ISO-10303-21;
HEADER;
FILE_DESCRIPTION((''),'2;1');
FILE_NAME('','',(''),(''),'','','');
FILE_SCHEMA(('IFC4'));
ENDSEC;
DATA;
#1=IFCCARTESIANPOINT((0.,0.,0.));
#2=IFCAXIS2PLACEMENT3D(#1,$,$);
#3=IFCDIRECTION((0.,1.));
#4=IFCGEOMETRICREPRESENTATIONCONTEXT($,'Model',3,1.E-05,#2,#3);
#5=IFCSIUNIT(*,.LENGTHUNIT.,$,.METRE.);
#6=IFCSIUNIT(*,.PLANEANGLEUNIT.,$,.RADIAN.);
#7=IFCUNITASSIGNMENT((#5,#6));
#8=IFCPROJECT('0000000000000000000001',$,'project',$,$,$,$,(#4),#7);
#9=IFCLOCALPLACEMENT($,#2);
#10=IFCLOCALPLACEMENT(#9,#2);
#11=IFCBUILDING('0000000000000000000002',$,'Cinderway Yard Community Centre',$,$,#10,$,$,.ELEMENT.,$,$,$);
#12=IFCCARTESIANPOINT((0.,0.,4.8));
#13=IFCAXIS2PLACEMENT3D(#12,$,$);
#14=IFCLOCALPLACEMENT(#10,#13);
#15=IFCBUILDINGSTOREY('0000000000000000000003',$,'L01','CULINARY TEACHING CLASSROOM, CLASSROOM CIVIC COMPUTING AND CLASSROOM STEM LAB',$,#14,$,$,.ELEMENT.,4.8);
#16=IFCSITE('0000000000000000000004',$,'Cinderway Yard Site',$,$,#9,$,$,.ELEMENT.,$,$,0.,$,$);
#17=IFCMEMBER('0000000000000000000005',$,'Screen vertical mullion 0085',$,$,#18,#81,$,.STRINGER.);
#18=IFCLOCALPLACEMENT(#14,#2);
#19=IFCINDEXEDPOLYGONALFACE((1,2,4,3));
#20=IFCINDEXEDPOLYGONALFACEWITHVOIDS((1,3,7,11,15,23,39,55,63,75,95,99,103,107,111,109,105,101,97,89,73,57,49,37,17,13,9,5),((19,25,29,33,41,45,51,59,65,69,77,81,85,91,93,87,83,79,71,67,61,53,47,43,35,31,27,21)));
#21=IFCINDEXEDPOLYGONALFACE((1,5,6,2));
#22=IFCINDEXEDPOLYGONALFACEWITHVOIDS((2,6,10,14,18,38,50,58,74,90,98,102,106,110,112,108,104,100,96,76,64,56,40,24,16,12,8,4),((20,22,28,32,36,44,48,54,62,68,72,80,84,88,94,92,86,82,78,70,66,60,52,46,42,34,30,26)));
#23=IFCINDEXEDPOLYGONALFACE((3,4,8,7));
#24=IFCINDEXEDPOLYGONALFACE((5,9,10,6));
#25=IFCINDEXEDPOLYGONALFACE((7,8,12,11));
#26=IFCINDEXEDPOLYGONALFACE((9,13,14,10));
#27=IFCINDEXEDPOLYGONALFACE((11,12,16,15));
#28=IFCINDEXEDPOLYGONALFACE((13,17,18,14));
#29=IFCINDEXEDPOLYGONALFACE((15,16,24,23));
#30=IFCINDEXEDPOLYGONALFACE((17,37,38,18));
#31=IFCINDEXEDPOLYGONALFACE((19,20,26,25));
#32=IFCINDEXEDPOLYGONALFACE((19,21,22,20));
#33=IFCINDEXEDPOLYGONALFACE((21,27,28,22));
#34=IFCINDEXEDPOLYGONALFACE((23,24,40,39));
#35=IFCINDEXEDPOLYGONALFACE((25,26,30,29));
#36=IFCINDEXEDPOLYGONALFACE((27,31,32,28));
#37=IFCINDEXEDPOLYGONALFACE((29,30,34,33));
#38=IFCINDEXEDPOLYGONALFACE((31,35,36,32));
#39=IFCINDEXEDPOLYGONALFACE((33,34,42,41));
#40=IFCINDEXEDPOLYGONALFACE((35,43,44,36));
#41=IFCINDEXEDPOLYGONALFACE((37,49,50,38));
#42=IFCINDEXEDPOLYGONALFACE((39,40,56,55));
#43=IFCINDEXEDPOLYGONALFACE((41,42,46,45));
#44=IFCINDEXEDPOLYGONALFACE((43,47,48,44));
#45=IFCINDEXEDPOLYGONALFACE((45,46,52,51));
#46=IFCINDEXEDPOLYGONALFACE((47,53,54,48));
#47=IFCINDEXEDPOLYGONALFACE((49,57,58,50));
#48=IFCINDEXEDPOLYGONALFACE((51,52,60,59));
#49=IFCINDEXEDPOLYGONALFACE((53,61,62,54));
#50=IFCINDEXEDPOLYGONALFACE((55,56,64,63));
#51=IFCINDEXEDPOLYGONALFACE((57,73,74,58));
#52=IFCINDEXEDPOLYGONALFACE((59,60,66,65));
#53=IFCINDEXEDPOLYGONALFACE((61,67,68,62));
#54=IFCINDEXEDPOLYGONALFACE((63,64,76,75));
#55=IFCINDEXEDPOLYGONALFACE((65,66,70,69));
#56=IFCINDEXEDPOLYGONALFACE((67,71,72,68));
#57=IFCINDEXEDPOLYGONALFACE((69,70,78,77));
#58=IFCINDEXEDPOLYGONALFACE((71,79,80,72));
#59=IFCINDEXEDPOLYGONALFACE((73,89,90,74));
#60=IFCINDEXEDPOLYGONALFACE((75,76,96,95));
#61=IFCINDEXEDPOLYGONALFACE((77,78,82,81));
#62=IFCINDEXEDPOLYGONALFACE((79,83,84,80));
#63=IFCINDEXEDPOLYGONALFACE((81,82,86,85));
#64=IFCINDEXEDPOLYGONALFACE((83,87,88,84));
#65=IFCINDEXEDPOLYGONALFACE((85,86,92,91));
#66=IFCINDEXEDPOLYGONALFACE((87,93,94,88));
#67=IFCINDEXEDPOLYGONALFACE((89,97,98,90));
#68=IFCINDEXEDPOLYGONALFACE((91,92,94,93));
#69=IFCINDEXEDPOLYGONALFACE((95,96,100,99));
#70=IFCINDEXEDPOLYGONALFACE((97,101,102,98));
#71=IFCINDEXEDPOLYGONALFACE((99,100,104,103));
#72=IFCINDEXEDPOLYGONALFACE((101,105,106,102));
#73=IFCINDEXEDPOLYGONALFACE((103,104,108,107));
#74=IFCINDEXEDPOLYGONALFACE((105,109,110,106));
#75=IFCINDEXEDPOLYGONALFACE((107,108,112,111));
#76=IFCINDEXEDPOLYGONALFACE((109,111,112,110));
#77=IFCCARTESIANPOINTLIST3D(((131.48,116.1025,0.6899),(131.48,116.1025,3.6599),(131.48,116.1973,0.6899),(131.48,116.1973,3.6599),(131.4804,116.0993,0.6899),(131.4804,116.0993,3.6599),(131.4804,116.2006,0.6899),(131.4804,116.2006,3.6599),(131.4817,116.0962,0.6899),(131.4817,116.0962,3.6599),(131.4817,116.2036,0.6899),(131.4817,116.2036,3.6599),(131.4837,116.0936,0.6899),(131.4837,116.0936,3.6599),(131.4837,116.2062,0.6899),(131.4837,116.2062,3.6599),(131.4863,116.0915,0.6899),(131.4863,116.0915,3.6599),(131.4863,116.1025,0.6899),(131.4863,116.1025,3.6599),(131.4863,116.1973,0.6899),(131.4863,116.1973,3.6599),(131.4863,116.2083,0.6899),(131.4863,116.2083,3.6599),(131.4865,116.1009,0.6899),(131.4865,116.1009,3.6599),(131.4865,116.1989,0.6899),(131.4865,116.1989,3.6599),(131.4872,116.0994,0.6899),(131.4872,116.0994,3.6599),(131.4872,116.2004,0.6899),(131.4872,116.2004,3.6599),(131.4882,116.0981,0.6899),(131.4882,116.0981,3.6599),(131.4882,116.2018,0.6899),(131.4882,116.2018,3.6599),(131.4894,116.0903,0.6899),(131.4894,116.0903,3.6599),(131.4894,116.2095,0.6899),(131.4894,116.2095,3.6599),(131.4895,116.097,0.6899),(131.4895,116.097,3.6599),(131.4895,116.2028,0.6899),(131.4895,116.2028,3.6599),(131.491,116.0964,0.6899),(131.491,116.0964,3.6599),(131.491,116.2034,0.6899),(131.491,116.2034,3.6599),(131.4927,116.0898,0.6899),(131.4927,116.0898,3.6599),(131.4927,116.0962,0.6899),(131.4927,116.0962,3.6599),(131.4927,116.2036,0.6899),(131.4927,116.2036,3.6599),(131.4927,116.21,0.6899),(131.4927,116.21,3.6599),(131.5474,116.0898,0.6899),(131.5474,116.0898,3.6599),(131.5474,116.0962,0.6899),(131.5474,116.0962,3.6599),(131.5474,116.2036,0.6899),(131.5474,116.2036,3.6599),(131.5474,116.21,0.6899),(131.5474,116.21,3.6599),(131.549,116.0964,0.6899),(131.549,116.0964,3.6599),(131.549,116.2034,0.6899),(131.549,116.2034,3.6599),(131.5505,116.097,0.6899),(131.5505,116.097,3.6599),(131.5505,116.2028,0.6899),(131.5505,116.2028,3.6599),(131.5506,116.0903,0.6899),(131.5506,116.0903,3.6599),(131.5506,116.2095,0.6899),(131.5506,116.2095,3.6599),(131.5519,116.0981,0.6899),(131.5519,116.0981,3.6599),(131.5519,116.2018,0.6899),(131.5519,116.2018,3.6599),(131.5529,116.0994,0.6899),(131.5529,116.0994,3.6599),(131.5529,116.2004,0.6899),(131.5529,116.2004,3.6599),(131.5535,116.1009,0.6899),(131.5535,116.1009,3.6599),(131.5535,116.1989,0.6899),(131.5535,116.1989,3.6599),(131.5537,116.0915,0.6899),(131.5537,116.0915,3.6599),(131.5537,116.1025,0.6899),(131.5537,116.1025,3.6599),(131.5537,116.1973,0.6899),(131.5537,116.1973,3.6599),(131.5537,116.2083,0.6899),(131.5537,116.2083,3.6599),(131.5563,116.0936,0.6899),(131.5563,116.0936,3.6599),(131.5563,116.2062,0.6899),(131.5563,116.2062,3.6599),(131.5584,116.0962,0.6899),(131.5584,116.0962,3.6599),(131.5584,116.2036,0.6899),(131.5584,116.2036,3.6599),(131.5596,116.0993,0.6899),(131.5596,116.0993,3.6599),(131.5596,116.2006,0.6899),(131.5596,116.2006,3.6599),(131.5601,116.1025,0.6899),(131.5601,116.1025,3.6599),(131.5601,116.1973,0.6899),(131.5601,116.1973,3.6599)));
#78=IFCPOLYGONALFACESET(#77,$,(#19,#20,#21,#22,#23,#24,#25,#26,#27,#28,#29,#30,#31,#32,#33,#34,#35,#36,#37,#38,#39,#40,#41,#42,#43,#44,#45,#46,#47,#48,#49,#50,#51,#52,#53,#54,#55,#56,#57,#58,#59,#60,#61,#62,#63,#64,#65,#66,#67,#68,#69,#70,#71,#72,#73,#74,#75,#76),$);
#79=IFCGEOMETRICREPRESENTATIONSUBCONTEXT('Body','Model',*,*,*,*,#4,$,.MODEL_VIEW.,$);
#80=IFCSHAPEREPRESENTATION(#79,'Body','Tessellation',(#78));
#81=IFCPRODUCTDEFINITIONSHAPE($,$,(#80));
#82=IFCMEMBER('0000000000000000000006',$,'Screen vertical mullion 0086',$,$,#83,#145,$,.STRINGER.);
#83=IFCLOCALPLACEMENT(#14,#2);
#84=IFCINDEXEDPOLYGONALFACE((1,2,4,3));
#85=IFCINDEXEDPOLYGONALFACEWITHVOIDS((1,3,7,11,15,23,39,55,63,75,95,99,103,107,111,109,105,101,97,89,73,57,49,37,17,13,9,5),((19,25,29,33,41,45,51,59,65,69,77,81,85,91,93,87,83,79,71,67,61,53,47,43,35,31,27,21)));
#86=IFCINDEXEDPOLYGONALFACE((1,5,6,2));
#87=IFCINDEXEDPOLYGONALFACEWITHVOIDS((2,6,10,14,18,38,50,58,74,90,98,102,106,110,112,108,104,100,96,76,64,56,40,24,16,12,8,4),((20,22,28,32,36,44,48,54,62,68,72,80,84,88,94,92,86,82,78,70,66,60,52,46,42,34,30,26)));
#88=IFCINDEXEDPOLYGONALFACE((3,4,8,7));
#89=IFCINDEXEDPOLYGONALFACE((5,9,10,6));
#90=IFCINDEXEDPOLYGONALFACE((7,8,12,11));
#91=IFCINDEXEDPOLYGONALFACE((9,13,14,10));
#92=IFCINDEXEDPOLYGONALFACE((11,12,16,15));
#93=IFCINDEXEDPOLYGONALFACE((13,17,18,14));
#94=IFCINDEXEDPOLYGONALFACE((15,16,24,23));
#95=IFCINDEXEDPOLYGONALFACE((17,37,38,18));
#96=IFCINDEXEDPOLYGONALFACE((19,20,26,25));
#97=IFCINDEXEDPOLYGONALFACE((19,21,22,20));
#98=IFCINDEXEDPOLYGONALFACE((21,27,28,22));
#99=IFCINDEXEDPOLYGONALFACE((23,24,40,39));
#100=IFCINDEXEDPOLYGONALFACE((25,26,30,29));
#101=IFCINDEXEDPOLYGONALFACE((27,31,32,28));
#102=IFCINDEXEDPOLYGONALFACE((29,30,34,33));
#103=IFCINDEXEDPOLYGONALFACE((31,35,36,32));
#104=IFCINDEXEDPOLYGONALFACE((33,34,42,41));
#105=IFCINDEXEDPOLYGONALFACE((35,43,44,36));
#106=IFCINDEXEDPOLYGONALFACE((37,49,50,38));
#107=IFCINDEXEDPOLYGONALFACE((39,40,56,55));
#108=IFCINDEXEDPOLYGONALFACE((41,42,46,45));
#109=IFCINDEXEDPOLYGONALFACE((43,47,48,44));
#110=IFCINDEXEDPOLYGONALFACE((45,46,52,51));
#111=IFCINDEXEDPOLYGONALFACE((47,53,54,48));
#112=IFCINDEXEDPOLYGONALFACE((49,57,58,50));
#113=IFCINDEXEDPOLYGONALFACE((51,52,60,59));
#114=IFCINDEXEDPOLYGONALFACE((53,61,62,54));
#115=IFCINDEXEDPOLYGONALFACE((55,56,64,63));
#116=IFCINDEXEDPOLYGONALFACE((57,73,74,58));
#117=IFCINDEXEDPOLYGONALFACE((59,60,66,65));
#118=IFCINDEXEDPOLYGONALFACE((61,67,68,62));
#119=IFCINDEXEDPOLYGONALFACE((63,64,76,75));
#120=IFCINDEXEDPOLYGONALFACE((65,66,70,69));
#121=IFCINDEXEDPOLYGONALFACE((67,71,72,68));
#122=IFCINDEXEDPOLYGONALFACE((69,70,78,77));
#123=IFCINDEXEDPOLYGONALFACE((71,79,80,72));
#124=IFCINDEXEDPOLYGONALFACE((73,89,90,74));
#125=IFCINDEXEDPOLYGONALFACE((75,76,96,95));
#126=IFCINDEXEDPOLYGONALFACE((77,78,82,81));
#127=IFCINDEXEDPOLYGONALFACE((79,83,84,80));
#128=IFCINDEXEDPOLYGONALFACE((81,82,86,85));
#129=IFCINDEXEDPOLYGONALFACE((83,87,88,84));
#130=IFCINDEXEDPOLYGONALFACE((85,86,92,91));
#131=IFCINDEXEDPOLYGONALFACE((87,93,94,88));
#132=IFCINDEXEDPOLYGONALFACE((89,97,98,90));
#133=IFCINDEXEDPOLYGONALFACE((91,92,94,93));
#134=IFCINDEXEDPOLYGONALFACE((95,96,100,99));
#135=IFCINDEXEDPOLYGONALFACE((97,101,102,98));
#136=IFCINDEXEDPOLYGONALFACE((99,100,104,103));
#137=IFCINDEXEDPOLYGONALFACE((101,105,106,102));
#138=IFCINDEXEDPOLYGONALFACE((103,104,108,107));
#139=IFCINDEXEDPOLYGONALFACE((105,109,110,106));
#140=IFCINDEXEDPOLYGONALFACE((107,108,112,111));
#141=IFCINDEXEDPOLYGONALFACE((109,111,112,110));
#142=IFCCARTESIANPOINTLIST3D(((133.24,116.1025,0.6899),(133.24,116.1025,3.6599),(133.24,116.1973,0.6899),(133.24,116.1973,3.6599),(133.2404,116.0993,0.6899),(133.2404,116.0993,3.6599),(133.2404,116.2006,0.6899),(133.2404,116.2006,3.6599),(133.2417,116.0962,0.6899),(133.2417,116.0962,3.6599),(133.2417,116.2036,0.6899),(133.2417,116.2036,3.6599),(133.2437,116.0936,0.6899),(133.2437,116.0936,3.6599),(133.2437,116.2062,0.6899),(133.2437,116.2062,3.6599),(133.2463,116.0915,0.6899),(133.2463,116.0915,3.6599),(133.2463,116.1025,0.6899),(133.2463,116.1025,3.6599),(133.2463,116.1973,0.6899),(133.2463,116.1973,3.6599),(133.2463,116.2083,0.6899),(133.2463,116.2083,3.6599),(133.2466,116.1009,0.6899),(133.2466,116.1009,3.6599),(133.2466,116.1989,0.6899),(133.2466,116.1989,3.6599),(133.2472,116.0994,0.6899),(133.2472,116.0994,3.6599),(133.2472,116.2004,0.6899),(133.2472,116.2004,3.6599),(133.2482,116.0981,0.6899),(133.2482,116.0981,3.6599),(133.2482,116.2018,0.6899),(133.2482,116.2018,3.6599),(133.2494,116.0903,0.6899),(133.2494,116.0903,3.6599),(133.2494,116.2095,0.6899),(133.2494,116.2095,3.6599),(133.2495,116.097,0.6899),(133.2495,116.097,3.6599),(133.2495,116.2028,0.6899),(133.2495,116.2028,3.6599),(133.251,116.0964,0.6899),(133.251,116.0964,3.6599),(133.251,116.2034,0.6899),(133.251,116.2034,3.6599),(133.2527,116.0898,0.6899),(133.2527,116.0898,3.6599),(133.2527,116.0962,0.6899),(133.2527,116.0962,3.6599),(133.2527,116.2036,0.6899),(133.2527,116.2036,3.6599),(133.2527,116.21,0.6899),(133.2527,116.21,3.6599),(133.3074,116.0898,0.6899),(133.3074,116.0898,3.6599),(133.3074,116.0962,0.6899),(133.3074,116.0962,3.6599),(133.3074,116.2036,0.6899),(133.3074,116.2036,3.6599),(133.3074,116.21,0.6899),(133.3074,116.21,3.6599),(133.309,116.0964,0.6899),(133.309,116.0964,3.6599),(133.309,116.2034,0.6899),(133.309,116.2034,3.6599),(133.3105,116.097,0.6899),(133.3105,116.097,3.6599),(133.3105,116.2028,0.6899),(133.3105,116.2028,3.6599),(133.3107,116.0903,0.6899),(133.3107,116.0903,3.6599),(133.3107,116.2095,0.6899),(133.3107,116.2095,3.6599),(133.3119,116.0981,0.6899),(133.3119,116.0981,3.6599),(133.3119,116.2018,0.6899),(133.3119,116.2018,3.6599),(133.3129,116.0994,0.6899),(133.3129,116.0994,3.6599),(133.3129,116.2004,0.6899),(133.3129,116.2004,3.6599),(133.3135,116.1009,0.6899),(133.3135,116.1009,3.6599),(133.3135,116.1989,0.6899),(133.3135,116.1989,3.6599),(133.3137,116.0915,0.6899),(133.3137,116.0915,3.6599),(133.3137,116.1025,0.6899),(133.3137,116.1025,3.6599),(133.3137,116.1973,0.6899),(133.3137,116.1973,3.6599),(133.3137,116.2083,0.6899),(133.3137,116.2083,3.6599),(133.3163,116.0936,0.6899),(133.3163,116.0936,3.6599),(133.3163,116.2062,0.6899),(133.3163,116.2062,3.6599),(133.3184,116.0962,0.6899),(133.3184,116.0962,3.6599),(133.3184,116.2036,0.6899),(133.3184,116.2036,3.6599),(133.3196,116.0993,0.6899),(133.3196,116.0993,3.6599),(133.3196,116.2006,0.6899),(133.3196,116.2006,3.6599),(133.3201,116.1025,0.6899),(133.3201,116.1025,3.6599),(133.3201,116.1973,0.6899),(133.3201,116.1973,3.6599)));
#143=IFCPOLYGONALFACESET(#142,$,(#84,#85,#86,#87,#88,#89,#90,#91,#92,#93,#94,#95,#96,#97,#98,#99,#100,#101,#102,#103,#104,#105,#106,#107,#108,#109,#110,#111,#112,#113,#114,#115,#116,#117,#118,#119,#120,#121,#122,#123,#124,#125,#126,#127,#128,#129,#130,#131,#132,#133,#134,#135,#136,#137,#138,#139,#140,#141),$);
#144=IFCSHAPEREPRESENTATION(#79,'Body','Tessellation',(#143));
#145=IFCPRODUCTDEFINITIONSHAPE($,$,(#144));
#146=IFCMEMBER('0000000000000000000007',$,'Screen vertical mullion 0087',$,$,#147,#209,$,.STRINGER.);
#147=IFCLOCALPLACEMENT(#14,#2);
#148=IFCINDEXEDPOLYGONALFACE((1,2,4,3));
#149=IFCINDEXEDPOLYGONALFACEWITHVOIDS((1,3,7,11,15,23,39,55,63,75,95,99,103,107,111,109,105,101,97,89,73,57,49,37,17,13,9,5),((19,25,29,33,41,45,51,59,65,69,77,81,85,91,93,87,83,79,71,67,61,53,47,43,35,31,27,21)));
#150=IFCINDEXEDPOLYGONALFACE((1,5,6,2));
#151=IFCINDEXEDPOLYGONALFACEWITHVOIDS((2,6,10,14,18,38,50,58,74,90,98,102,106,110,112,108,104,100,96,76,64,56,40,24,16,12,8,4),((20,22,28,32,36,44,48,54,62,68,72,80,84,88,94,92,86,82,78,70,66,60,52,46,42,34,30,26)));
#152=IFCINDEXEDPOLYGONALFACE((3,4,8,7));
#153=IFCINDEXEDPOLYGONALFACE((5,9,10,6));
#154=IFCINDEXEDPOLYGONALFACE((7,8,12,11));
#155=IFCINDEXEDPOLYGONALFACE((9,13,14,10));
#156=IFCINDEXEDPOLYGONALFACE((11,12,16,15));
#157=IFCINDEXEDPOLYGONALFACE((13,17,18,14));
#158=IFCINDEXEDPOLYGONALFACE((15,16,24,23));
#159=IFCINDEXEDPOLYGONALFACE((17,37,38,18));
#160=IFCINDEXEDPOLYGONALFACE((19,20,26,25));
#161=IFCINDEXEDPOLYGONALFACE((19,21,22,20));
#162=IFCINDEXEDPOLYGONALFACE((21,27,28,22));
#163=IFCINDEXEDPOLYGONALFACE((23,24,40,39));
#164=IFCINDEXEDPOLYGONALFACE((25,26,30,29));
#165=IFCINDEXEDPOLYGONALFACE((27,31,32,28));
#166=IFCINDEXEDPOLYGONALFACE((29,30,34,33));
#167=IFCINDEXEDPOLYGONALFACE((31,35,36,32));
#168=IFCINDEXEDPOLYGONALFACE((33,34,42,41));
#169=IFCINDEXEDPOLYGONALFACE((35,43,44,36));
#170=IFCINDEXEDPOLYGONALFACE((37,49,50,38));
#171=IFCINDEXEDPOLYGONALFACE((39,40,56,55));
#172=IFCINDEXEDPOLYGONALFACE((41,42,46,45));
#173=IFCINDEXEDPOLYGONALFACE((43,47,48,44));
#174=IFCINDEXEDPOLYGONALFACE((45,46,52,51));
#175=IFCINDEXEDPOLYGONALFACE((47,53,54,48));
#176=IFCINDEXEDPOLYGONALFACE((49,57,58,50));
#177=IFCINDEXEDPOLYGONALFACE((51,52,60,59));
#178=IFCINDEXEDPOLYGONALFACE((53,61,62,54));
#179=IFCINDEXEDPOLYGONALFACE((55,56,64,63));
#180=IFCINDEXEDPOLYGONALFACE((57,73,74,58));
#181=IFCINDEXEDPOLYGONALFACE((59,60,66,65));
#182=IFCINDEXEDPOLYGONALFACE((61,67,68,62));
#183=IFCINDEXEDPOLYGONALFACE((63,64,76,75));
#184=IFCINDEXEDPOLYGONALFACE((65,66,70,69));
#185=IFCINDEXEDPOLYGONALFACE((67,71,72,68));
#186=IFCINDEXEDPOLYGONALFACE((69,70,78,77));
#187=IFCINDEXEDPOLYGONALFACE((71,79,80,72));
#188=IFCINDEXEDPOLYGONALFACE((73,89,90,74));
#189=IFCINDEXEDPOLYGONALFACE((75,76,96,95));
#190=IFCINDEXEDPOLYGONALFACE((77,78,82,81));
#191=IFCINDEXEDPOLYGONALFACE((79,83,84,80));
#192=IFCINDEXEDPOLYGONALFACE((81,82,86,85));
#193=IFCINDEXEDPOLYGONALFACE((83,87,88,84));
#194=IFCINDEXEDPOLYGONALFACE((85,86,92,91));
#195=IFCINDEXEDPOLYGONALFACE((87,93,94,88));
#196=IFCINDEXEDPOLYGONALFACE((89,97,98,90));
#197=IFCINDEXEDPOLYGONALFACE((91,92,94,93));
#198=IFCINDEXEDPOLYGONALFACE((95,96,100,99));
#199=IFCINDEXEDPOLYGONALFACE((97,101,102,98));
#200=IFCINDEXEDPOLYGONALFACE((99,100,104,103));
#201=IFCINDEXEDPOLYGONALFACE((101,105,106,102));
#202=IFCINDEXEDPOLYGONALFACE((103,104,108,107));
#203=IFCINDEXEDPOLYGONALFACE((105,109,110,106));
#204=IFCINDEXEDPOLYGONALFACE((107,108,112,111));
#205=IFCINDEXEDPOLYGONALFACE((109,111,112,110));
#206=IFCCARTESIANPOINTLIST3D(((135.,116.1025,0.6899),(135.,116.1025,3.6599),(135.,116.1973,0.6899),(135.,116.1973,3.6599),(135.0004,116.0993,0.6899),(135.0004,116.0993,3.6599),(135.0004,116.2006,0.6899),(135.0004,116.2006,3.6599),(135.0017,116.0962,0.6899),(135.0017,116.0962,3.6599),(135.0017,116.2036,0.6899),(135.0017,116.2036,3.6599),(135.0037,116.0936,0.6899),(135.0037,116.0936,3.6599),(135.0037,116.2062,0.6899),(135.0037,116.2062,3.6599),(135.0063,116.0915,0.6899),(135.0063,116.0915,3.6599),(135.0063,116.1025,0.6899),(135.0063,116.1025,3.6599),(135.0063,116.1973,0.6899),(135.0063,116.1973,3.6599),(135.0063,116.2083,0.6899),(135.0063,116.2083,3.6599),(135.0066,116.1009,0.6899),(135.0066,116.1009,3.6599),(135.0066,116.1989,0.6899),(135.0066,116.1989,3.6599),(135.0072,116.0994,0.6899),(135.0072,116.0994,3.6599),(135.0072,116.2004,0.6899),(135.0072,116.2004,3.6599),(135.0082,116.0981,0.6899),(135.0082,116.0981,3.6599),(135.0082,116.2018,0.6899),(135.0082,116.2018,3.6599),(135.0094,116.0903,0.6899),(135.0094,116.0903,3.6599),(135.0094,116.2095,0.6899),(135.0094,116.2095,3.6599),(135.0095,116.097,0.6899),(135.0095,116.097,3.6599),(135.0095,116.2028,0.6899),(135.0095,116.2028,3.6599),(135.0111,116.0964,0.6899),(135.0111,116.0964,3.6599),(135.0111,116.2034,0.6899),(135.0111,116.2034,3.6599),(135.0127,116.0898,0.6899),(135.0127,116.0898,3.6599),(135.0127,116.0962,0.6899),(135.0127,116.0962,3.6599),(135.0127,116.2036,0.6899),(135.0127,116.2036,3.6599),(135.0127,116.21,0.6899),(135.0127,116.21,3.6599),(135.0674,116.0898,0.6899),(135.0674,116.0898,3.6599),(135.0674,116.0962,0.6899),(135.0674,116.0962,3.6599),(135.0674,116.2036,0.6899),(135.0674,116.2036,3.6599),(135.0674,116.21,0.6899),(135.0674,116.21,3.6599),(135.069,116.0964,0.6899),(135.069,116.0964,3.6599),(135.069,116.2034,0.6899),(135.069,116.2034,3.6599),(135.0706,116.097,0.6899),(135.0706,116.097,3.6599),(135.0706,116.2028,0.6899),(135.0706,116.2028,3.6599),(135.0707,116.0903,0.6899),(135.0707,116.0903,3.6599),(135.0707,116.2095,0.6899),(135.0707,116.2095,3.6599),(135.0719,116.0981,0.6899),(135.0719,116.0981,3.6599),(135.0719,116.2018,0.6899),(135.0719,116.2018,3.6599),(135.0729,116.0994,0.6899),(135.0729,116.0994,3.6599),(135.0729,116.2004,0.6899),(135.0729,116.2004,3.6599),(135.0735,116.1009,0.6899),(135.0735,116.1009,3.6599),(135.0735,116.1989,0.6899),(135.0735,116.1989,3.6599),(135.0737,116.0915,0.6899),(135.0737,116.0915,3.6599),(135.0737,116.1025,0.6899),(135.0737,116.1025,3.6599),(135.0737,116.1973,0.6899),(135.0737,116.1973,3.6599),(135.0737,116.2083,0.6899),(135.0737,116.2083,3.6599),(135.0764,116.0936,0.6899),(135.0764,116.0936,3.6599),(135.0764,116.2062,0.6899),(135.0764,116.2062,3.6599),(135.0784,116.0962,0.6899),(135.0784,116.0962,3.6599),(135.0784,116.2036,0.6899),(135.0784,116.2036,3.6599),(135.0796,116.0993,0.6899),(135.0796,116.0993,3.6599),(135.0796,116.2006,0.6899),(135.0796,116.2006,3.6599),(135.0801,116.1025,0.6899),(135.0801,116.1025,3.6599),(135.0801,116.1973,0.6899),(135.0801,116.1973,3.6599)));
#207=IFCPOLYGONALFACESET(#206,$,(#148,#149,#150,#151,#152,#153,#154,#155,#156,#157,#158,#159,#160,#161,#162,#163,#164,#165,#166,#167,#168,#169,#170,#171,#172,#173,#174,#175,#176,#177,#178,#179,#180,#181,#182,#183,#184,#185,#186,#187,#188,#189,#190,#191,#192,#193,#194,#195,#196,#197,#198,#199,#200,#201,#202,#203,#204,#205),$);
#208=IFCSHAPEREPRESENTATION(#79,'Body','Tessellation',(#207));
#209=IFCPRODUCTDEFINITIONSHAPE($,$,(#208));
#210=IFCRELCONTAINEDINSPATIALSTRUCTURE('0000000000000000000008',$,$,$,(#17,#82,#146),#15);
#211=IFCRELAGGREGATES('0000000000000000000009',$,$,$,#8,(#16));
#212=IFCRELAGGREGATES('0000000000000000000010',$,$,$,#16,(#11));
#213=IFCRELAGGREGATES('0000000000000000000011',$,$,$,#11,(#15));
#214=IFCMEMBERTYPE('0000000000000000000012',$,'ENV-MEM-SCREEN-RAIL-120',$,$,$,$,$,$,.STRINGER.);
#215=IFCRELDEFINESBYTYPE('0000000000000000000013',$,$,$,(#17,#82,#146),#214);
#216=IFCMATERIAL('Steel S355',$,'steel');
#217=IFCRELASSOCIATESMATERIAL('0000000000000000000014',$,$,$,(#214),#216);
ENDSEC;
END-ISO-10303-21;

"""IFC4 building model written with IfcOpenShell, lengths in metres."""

from ifc_helpers import new_model, si_unit, direction, frame, origin, origin_2d, place, context, subcontext, project, spatial, hollow_rectangle, extrude, material, material_profile, profile_set, type_object, element, save


model = new_model("IFC4")

# Units and contexts
model_context = context("Model", 3, precision=1e-05, world=origin(), true_north=direction((0.0, 1.0)))
body_context = subcontext(model_context, "Body", "Model", "MODEL_VIEW")
ifc_project = project(units=[si_unit("LENGTHUNIT", "METRE"), si_unit("PLANEANGLEUNIT", "RADIAN")], contexts=[model_context])

# Site, building, storey
site_placement = place(None, origin())
site = spatial("IfcSite", under=ifc_project, at=site_placement, Name="Cinderway Yard Site", CompositionType="ELEMENT", RefElevation=0.0)
building_placement = place(site_placement, origin())
building = spatial("IfcBuilding", under=site, at=building_placement, Name="Cinderway Yard Community Centre", CompositionType="ELEMENT")
storey_placement = place(building_placement, frame((0.0, 0.0, 4.8)))
storey = spatial("IfcBuildingStorey", under=building, at=storey_placement, Name="L01", Description="CULINARY TEACHING CLASSROOM, CLASSROOM CIVIC COMPUTING AND CLASSROOM STEM LAB", CompositionType="ELEMENT", Elevation=4.8)

# Members
ifc_material_1 = material(Name="Steel S355", Category="steel")
ifc_material_profile_1 = material_profile(ifc_material_1, hollow_rectangle(XDim=0.0801, YDim=0.1201, WallThickness=0.0063, InnerFilletRadius=0.0063, OuterFilletRadius=0.0127, at=origin_2d()), Name="Steel S355")
ifc_profile_set_1 = profile_set([ifc_material_profile_1], Name="Steel S355")
member_type_1 = type_object("IfcMemberType", Name="ENV-MEM-SCREEN-RAIL-120", PredefinedType="STRINGER", material=ifc_profile_set_1)
for number, where, z_axis, x_axis, name in (
    (1, (131.52, 116.1499, 0.6899), (0.0, 0.0, 1.0), (1.0, 0.0, 0.0), "Screen vertical mullion 0085"),
    (2, (133.28, 116.1499, 0.6899), (0.0, 0.0, 1.0), (1.0, 0.0, 0.0), "Screen vertical mullion 0086"),
    (3, (135.04, 116.1499, 0.6899), (0.0, 0.0, 1.0), (1.0, 0.0, 0.0), "Screen vertical mullion 0087"),
):
    element("IfcMember", number, at=place(storey_placement, frame(where, z_axis=z_axis, x_axis=x_axis)), inside=storey, type_object=member_type_1, Name=name, PredefinedType="STRINGER", context=body_context, shape_type="SweptSolid", body=[
        extrude(hollow_rectangle(XDim=0.0801, YDim=0.1201, WallThickness=0.0063, InnerFilletRadius=0.0063, OuterFilletRadius=0.0127, at=origin_2d()), origin(), (0.0, 0.0, 1.0), 2.97),
    ])

save(model, "model.ifc")
